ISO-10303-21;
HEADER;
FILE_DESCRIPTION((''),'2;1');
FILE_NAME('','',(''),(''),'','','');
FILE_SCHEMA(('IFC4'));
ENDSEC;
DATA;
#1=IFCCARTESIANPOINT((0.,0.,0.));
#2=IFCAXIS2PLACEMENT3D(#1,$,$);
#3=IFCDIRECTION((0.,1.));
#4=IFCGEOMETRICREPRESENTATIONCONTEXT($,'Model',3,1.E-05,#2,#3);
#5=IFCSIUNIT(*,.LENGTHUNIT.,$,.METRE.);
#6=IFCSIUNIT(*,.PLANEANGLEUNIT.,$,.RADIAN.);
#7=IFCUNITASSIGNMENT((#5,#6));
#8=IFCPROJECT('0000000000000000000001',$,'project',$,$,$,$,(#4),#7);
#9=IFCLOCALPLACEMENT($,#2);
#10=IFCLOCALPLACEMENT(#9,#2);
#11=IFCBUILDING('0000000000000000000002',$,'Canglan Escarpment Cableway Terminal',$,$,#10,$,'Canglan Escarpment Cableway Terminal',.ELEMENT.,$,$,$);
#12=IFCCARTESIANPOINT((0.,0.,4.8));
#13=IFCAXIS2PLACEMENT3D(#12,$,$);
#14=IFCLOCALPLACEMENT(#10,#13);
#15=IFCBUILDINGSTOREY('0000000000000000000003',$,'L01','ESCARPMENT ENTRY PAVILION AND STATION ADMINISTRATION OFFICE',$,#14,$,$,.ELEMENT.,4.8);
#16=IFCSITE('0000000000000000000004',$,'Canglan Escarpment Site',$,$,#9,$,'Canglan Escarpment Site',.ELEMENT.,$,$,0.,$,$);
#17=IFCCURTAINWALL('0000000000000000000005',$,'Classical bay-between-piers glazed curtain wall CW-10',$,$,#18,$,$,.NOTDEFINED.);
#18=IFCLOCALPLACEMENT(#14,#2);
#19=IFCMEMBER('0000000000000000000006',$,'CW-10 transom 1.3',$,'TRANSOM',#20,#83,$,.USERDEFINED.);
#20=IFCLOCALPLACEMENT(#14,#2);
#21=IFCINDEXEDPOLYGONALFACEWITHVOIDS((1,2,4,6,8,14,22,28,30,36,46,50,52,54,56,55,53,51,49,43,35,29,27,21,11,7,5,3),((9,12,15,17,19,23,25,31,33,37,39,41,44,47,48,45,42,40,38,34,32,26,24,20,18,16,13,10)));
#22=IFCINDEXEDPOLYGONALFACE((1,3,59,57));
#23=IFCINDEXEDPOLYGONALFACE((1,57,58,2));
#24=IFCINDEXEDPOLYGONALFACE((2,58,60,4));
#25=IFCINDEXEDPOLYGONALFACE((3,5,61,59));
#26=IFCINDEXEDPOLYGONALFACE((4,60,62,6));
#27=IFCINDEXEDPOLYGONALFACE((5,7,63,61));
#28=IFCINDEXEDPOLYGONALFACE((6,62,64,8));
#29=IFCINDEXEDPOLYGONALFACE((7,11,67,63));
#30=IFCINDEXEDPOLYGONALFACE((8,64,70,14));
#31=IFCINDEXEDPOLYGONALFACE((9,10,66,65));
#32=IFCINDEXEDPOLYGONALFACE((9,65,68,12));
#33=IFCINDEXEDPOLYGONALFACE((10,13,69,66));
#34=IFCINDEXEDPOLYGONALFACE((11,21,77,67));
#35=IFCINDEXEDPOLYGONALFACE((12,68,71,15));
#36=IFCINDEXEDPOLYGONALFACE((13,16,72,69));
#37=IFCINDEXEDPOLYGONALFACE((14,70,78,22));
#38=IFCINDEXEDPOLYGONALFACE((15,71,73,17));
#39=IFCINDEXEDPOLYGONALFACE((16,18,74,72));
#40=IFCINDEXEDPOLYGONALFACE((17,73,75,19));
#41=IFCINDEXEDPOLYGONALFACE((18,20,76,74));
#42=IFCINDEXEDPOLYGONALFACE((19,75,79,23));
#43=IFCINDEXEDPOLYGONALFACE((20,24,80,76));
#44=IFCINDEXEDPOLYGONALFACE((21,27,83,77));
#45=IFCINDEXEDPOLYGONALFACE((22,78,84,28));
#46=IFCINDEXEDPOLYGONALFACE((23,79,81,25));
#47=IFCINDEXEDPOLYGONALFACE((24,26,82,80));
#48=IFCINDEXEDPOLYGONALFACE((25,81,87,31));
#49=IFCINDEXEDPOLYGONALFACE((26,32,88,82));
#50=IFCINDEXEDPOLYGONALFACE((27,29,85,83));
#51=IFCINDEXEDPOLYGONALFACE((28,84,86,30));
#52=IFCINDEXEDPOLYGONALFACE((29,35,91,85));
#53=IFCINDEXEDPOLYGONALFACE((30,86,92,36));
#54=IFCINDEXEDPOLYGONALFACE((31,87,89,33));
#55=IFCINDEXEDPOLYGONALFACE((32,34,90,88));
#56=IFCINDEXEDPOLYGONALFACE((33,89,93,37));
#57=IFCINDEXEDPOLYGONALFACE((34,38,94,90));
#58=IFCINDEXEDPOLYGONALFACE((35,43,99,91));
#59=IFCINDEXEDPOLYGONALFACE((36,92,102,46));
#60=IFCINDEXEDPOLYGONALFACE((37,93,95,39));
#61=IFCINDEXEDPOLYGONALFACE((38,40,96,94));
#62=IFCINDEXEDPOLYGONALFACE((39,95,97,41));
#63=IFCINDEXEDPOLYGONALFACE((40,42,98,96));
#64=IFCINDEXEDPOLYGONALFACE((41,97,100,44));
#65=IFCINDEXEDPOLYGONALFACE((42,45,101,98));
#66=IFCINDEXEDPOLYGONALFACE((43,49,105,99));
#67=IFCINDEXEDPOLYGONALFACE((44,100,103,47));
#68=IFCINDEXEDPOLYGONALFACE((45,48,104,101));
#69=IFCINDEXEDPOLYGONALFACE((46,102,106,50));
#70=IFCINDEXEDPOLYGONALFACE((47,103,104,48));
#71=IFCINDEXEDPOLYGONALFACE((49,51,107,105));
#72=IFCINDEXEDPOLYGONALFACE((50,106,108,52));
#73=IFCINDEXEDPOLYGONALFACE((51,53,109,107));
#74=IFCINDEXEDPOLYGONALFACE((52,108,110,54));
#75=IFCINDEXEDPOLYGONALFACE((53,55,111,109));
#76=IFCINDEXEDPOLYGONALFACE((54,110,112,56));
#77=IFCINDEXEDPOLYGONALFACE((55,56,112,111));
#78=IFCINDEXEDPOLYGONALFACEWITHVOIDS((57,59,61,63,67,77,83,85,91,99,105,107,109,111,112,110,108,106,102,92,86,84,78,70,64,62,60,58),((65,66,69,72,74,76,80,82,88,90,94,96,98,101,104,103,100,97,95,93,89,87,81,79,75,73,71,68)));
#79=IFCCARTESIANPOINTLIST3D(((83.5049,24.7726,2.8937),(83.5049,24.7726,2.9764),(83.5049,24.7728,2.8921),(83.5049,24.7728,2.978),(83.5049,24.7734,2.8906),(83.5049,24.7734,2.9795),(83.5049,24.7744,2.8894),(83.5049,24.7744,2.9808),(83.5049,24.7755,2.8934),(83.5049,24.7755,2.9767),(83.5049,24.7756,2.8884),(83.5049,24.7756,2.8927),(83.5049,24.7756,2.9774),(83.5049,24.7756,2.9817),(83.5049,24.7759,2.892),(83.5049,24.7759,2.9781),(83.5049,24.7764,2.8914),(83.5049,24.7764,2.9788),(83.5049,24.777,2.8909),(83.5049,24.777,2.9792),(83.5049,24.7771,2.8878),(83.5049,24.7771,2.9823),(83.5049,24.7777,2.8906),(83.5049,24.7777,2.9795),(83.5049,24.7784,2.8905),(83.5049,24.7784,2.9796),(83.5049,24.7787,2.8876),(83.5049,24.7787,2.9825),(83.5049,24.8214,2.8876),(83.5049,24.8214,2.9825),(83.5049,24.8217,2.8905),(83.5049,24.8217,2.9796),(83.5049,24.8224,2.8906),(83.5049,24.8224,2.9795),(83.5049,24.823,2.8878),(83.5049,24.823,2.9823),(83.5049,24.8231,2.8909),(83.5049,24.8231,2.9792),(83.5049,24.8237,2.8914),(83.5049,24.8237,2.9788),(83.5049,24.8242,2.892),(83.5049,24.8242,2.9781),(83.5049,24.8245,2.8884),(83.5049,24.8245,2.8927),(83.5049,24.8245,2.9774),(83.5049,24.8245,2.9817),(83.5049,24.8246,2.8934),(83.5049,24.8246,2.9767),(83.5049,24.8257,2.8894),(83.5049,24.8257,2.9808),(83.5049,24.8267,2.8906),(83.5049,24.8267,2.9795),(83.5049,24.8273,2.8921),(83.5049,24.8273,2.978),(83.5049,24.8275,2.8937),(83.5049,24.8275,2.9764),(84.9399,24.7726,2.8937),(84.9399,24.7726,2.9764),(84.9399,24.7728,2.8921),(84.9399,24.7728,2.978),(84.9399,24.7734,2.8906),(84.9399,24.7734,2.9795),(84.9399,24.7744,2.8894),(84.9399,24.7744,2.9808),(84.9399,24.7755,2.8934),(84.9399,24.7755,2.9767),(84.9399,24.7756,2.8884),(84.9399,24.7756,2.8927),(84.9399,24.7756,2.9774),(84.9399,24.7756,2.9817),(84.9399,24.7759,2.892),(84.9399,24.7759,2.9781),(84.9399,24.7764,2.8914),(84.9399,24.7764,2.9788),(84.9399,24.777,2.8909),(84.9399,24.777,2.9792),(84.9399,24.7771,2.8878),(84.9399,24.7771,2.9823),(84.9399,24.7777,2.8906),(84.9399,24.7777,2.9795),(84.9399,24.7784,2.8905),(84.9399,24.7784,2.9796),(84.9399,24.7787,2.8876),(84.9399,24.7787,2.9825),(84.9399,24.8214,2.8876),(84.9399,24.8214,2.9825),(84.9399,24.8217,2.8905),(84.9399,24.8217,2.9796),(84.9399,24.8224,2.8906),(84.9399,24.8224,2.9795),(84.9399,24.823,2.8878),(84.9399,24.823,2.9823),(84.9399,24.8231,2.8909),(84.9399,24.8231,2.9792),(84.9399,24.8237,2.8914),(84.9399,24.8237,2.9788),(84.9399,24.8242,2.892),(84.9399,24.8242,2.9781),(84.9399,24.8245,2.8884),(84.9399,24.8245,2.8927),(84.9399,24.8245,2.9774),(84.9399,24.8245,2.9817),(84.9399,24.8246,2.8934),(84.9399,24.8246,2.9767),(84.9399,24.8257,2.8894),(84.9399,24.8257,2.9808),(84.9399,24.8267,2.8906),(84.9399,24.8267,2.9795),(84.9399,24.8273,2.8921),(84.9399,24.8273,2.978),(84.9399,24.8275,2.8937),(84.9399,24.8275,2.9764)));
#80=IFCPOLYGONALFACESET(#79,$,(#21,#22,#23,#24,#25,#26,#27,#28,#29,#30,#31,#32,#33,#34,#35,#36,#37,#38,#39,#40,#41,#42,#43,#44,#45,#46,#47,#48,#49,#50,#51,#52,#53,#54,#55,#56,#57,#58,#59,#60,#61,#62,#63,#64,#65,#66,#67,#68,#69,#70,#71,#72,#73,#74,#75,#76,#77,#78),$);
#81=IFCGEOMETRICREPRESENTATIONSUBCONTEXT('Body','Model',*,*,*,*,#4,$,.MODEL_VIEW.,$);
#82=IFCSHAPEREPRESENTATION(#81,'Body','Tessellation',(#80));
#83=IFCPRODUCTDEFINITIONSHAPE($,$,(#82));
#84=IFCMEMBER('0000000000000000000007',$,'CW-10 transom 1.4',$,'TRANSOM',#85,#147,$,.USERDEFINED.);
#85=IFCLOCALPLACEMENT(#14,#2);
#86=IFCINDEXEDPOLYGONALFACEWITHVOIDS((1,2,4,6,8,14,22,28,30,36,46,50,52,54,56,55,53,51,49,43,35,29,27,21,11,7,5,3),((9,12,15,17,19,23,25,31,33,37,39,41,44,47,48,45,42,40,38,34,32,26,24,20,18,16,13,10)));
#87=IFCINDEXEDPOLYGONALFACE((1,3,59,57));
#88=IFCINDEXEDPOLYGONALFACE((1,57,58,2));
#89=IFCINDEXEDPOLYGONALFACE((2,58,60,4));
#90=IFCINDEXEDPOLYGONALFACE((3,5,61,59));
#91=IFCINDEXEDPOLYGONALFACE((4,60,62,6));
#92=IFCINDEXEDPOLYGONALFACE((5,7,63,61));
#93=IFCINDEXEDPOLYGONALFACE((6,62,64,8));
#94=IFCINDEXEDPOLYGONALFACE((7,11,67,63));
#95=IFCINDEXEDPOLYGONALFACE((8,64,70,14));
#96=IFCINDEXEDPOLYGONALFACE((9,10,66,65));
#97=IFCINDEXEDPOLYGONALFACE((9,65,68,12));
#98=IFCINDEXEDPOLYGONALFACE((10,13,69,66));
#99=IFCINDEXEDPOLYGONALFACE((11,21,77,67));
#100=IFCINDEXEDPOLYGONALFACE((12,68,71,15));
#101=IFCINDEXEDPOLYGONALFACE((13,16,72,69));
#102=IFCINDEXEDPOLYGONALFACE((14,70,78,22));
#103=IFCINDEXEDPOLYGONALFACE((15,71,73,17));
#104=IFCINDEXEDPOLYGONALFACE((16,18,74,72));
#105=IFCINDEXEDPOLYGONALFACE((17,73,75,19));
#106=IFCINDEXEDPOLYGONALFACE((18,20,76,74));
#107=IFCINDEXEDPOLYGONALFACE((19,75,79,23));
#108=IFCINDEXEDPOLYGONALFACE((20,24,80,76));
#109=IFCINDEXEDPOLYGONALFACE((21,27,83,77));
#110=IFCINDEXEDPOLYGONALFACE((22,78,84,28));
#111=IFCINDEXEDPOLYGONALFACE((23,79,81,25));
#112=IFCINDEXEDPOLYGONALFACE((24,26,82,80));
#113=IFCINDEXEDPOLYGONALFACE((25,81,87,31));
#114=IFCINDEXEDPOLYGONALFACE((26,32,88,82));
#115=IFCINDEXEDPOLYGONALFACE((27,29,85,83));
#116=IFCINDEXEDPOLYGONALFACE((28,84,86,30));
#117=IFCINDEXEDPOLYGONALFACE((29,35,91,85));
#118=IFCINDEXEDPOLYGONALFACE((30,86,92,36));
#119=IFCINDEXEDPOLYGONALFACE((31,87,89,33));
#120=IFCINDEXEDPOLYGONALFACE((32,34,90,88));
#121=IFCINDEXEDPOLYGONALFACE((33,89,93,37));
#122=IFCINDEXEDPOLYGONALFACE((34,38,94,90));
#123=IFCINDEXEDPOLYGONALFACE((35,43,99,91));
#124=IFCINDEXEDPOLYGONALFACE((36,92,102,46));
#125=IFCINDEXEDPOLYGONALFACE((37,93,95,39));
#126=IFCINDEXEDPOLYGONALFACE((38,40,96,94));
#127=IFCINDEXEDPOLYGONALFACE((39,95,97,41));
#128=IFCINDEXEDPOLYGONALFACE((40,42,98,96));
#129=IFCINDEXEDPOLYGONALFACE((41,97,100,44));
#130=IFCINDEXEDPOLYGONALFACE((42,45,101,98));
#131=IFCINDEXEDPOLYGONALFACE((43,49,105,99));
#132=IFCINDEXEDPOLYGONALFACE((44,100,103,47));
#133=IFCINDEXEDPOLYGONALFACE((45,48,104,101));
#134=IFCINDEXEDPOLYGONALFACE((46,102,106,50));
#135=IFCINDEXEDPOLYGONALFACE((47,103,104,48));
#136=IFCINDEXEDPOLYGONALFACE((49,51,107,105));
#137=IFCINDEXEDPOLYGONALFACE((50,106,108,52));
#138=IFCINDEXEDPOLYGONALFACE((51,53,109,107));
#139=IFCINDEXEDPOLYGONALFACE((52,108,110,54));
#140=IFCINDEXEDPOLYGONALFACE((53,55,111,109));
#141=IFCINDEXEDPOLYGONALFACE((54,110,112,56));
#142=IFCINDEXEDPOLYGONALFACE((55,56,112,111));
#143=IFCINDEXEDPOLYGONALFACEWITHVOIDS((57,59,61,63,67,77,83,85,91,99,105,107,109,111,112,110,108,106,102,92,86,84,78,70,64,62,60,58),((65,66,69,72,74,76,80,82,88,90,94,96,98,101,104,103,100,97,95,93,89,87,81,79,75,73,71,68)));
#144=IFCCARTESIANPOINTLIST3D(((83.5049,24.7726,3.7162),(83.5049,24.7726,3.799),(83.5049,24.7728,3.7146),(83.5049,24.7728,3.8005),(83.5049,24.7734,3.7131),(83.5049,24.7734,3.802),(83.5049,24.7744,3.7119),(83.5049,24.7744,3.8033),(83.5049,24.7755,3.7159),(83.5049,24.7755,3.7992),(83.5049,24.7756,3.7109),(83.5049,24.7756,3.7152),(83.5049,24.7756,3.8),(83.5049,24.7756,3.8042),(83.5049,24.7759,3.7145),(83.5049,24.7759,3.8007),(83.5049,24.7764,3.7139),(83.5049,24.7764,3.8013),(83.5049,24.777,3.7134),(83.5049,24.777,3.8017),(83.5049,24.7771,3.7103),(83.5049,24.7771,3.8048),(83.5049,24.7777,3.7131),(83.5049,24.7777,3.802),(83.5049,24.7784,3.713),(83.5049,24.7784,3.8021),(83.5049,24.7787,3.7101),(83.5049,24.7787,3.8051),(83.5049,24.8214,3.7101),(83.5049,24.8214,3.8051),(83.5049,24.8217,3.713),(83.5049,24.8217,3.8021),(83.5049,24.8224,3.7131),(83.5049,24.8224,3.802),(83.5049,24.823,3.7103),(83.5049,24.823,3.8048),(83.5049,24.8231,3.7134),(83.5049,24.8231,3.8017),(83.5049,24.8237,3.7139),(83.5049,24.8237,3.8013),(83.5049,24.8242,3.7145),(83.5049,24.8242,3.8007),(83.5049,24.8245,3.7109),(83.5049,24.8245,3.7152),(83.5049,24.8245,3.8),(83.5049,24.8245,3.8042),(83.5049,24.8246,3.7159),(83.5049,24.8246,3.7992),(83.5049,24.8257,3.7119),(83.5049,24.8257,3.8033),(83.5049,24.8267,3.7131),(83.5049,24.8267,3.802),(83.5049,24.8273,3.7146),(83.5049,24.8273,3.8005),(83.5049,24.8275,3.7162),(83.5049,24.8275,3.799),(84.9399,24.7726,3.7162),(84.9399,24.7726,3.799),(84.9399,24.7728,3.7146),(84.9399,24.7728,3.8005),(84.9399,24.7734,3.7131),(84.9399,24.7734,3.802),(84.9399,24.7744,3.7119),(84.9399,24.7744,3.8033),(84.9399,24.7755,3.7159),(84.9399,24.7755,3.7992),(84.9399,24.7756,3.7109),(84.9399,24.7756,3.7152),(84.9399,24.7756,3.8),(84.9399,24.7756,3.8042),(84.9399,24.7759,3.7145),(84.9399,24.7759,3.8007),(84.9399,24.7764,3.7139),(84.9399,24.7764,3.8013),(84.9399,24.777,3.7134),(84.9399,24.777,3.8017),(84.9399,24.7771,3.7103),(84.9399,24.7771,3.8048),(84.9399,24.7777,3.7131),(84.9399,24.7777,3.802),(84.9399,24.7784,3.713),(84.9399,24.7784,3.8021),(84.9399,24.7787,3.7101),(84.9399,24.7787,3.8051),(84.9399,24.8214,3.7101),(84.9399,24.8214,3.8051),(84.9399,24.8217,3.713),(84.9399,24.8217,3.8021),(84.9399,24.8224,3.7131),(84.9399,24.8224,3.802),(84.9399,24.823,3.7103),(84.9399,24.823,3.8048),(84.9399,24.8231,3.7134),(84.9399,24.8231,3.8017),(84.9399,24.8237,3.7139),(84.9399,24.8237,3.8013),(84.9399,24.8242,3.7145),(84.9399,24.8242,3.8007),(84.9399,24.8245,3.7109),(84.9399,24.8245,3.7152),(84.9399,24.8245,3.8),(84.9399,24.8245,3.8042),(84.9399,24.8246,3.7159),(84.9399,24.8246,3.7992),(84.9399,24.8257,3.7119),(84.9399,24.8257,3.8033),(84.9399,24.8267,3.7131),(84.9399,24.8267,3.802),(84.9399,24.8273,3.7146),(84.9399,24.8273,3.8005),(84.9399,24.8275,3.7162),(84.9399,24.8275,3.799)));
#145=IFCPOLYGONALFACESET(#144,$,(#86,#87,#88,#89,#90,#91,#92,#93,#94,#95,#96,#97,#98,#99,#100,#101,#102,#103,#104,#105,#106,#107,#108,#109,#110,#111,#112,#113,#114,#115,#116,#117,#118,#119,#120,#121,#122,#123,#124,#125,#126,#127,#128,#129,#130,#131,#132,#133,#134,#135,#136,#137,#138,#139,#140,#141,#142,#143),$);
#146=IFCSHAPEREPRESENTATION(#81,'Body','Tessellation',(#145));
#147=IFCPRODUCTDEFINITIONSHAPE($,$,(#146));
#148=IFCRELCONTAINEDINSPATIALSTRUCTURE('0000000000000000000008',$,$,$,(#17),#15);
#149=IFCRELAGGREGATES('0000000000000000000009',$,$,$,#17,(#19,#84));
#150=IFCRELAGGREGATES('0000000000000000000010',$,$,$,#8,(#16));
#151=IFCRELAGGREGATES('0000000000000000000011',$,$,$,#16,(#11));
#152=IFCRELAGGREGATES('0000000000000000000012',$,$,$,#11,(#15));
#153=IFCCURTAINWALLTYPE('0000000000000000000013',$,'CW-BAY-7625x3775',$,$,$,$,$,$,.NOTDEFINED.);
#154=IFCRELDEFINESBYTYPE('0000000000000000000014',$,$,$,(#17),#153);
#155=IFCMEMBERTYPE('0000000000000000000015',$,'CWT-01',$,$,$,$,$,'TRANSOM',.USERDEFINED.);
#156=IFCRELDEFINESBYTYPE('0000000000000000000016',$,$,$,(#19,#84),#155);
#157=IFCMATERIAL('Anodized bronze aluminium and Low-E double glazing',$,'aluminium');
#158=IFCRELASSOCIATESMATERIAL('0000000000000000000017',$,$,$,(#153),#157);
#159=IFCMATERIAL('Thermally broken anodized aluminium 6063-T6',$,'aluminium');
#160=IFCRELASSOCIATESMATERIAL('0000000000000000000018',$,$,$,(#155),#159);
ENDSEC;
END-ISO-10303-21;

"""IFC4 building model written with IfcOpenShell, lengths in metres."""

from ifc_helpers import new_model, si_unit, direction, frame, origin, origin_2d, place, context, subcontext, project, spatial, hollow_rectangle, extrude, material, material_profile, profile_set, type_object, element, aggregate, save


model = new_model("IFC4")

# Units and contexts
model_context = context("Model", 3, precision=1e-05, world=origin(), true_north=direction((0.0, 1.0)))
body_context = subcontext(model_context, "Body", "Model", "MODEL_VIEW")
ifc_project = project(units=[si_unit("LENGTHUNIT", "METRE"), si_unit("PLANEANGLEUNIT", "RADIAN")], contexts=[model_context])

# Site, building, storey
site_placement = place(None, origin())
site = spatial("IfcSite", under=ifc_project, at=site_placement, Name="Canglan Escarpment Site", LongName="Canglan Escarpment Site", CompositionType="ELEMENT", RefElevation=0.0)
building_placement = place(site_placement, origin())
building = spatial("IfcBuilding", under=site, at=building_placement, Name="Canglan Escarpment Cableway Terminal", LongName="Canglan Escarpment Cableway Terminal", CompositionType="ELEMENT")
storey_placement = place(building_placement, frame((0.0, 0.0, 4.8)))
storey = spatial("IfcBuildingStorey", under=building, at=storey_placement, Name="L01", Description="ESCARPMENT ENTRY PAVILION AND STATION ADMINISTRATION OFFICE", CompositionType="ELEMENT", Elevation=4.8)

# Curtain wall, members
ifc_material_1 = material(Name="Anodized bronze aluminium and Low-E double glazing", Category="aluminium")
curtain_wall_type = type_object("IfcCurtainWallType", Name="CW-BAY-7625x3775", PredefinedType="NOTDEFINED", material=ifc_material_1)
curtain_wall_placement = place(storey_placement, origin())
curtain_wall = element("IfcCurtainWall", 1, at=curtain_wall_placement, inside=storey, type_object=curtain_wall_type, Name="Classical bay-between-piers glazed curtain wall CW-10", PredefinedType="NOTDEFINED")
ifc_material_2 = material(Name="Thermally broken anodized aluminium 6063-T6", Category="aluminium")
ifc_material_profile_1 = material_profile(ifc_material_2, hollow_rectangle(XDim=0.0549, YDim=0.095, WallThickness=0.0029, InnerFilletRadius=0.0029, OuterFilletRadius=0.0061, at=origin_2d()), Name="ALU-TRAN 55x95x3")
ifc_profile_set_1 = profile_set([ifc_material_profile_1], Name="Thermally broken anodized aluminium 6063-T6")
member_type_1 = type_object("IfcMemberType", Name="CWT-01", ElementType="TRANSOM", PredefinedType="USERDEFINED", material=ifc_profile_set_1)
member_1_placement = place(storey_placement, frame((84.9399, 24.8, 2.9351), z_axis=(-1.0, 0.0, 0.0), x_axis=(0.0, -1.0, 0.0)))
member_1 = element("IfcMember", 2, at=member_1_placement, type_object=member_type_1, Name="CW-10 transom 1.3", ObjectType="TRANSOM", PredefinedType="USERDEFINED", context=body_context, shape_type="SweptSolid", body=[
    extrude(hollow_rectangle(XDim=0.0549, YDim=0.095, WallThickness=0.0029, InnerFilletRadius=0.0029, OuterFilletRadius=0.0061, at=origin_2d()), origin(), (0.0, 0.0, 1.0), 1.4351),
])
member_2_placement = place(storey_placement, frame((84.9399, 24.8, 3.7576), z_axis=(-1.0, 0.0, 0.0), x_axis=(0.0, -1.0, 0.0)))
member_2 = element("IfcMember", 3, at=member_2_placement, type_object=member_type_1, Name="CW-10 transom 1.4", ObjectType="TRANSOM", PredefinedType="USERDEFINED", context=body_context, shape_type="SweptSolid", body=[
    extrude(hollow_rectangle(XDim=0.0549, YDim=0.095, WallThickness=0.0029, InnerFilletRadius=0.0029, OuterFilletRadius=0.0061, at=origin_2d()), origin(), (0.0, 0.0, 1.0), 1.4351),
])

aggregate(curtain_wall, [member_1, member_2])

save(model, "model.ifc")
